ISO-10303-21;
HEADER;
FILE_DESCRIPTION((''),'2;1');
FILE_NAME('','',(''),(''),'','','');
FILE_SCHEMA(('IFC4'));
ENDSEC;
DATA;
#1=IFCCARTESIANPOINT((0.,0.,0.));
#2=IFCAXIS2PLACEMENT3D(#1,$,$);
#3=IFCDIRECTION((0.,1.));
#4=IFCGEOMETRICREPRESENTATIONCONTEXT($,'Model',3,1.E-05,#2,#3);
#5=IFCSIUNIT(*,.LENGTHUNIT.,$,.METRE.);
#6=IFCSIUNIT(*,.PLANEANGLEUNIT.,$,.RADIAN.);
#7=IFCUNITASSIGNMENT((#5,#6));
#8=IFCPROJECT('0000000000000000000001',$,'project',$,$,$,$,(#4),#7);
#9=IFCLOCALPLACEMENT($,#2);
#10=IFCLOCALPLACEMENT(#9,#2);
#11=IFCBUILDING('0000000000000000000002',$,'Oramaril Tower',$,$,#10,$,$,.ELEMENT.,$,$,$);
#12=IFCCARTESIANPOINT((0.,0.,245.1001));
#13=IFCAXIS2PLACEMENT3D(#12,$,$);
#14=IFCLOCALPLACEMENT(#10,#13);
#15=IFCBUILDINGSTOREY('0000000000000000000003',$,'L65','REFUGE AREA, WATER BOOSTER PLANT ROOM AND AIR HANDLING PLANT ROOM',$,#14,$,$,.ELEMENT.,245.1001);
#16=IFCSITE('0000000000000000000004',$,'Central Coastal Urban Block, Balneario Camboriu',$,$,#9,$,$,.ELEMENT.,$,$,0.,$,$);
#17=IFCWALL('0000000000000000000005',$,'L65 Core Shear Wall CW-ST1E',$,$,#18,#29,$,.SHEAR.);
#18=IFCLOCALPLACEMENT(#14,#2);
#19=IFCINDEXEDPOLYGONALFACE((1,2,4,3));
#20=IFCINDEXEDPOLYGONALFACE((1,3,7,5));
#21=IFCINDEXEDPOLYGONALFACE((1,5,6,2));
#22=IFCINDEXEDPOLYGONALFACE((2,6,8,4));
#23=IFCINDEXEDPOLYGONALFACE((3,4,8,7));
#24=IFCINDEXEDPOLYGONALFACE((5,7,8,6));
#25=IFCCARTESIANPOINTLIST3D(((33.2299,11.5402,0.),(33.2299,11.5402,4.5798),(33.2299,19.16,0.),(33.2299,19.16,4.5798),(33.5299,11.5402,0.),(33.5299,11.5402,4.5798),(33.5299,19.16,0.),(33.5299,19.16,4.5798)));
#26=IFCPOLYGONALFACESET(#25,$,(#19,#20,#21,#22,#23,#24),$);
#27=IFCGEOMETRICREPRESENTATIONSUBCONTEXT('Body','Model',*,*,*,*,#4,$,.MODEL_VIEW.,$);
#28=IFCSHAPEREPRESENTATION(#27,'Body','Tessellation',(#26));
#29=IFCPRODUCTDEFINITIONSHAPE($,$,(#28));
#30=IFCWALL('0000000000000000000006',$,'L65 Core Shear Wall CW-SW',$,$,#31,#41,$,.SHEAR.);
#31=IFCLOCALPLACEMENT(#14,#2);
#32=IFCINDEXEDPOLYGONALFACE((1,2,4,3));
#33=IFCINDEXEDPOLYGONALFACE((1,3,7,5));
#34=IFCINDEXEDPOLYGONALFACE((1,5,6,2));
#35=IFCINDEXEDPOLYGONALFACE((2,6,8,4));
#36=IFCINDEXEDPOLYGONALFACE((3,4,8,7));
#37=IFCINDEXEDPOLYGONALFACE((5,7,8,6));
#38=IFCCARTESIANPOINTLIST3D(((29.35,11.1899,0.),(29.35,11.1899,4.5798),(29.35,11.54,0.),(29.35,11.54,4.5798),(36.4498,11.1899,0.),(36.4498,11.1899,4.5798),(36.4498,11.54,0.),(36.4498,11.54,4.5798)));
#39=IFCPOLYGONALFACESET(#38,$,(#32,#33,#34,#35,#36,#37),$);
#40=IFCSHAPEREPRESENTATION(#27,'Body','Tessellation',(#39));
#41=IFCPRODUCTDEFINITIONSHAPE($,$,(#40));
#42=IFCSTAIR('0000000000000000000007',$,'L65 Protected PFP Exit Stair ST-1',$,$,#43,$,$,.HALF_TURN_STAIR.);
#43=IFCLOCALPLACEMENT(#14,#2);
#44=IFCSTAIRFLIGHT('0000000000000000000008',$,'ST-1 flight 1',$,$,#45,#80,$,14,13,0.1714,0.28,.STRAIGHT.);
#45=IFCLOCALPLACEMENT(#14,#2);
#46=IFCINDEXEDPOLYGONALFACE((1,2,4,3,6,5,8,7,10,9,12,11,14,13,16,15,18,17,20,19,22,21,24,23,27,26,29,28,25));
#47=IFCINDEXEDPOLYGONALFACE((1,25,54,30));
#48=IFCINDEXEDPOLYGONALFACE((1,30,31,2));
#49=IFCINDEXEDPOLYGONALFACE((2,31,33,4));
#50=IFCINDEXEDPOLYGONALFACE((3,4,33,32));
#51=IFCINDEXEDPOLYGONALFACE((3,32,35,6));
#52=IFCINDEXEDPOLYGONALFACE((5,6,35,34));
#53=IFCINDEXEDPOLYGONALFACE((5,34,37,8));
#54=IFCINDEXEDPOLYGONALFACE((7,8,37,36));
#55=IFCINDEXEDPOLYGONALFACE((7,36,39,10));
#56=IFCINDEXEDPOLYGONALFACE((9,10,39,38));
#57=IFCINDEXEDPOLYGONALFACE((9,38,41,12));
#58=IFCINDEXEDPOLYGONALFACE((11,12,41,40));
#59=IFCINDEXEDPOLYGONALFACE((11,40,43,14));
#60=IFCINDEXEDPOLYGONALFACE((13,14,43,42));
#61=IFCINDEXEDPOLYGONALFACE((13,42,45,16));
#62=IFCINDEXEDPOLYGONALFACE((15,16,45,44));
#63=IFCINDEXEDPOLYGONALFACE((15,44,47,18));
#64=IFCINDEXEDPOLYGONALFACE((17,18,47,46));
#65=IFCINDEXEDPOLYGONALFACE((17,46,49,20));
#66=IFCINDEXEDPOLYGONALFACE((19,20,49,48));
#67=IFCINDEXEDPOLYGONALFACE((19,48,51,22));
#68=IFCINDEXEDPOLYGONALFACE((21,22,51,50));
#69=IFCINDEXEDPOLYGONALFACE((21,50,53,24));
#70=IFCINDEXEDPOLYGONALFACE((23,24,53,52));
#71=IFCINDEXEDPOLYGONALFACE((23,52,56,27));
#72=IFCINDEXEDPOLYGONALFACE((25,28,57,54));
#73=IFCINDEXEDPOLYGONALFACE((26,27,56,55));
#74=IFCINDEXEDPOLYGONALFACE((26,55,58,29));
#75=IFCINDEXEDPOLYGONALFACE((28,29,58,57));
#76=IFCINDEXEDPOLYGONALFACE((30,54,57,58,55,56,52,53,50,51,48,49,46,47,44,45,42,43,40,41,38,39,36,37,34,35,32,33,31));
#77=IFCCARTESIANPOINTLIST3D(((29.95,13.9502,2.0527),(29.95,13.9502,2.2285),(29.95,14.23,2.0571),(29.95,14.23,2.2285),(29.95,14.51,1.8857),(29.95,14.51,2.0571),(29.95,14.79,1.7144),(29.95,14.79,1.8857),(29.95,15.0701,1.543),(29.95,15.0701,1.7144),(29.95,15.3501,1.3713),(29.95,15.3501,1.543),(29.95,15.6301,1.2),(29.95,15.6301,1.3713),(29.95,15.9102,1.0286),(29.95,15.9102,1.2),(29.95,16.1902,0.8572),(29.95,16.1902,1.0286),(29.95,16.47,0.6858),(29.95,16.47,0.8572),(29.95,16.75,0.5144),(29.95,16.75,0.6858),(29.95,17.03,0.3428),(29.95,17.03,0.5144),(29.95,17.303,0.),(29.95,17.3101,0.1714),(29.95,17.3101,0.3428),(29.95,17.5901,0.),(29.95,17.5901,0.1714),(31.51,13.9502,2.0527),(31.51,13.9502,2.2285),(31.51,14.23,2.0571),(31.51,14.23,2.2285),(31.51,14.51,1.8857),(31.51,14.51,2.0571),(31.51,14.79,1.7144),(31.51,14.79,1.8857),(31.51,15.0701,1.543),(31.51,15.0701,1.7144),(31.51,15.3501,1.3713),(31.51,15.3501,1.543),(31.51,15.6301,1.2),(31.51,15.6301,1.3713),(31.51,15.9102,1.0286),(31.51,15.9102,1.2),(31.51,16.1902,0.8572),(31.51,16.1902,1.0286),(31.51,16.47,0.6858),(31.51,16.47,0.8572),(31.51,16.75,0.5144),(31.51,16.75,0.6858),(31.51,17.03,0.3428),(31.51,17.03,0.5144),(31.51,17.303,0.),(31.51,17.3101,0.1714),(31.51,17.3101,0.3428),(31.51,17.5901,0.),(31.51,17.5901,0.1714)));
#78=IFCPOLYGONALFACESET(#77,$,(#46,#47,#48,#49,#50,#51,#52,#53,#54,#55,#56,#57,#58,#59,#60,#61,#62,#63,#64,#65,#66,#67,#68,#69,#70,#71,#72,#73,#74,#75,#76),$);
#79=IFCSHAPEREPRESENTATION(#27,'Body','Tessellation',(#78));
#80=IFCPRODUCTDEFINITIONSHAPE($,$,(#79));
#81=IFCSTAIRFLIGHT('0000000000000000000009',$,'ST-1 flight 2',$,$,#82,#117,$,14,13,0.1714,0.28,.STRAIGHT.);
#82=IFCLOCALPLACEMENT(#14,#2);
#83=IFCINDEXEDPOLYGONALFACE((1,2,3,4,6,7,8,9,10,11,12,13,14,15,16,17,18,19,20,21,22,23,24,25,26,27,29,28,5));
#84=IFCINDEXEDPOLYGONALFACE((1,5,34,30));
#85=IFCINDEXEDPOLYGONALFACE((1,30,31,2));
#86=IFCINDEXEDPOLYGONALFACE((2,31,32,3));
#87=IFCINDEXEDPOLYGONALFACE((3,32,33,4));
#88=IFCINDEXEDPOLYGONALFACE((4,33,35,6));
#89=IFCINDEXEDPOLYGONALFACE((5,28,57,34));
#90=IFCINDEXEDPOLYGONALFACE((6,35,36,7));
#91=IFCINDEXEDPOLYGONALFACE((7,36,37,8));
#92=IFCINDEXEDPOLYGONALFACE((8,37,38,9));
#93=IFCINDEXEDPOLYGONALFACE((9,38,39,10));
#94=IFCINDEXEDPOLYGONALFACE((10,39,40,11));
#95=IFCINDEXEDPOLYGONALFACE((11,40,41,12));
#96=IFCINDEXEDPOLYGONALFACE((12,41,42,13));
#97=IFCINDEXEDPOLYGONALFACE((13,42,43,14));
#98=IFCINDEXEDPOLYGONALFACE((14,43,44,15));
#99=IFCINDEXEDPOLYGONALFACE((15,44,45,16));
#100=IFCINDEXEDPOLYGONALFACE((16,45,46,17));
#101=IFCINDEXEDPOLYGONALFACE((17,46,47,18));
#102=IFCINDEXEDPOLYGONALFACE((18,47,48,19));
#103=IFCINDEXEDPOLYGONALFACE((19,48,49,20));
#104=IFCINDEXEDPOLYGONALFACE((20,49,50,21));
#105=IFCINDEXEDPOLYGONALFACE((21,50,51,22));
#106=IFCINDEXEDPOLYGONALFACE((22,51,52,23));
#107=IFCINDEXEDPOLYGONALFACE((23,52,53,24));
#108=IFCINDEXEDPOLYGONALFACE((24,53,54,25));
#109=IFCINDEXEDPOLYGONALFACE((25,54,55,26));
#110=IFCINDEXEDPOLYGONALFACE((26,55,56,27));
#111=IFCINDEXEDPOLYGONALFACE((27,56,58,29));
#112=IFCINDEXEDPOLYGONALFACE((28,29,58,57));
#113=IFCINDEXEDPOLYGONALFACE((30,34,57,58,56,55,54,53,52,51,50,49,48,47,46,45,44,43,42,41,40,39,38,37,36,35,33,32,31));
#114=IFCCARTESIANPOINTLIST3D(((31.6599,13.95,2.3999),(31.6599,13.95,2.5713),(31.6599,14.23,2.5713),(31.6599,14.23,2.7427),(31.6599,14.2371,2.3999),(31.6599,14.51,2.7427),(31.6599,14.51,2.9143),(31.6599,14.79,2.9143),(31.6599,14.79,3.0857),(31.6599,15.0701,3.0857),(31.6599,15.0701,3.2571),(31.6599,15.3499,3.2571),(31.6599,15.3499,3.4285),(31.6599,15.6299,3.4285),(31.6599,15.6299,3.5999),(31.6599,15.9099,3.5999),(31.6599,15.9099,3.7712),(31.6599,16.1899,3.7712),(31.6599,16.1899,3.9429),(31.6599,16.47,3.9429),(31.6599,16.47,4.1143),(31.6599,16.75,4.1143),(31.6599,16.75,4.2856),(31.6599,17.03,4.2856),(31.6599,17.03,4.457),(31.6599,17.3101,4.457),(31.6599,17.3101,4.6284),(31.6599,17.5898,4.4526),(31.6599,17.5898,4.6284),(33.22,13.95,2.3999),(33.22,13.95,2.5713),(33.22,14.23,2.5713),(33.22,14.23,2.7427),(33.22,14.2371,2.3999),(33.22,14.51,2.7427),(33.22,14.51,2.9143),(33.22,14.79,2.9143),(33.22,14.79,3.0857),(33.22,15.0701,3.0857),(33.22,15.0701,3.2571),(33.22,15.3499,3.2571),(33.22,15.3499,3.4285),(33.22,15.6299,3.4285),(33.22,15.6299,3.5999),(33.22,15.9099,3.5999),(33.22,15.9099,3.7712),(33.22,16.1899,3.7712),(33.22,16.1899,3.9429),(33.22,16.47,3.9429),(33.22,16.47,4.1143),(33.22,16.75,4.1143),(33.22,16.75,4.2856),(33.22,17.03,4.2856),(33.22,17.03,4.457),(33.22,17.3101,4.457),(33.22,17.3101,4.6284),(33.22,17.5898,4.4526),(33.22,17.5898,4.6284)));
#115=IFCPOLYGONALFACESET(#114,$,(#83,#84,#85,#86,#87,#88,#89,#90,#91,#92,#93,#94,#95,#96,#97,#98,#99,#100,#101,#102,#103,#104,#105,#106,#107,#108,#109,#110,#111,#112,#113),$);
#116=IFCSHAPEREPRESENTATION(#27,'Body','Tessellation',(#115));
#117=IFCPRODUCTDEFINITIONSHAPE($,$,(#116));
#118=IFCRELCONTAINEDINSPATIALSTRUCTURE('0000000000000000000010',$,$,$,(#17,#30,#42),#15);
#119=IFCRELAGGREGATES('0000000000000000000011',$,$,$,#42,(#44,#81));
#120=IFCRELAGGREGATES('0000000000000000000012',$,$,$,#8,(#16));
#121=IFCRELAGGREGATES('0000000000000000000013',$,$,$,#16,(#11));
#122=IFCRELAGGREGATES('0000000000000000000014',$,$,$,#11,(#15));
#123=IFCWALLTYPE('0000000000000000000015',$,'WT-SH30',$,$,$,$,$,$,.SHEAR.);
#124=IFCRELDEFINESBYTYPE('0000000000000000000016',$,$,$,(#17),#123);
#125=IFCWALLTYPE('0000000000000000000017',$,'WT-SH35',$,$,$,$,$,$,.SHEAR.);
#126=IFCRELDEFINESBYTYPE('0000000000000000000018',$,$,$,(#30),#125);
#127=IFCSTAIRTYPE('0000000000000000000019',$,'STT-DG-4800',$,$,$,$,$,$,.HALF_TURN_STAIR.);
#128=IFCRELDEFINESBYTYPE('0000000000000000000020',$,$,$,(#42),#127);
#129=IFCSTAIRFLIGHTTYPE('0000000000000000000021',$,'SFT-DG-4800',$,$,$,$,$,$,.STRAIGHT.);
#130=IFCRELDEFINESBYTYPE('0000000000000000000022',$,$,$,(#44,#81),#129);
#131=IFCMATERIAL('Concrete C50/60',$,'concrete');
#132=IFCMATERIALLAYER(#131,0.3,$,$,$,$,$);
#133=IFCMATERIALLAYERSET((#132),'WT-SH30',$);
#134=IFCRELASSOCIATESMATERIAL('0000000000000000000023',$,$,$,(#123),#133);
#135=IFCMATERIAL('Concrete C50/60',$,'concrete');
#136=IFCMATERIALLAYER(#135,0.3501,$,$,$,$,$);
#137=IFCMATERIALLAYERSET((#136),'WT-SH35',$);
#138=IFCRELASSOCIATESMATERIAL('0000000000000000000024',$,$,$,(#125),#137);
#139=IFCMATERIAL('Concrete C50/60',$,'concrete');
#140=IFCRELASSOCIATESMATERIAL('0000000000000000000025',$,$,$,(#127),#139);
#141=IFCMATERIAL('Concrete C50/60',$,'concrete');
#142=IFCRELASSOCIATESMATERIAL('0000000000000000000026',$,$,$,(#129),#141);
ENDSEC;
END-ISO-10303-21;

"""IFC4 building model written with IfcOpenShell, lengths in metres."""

from ifc_helpers import new_model, si_unit, direction, frame, frame_2d, origin, place, context, subcontext, project, spatial, polyline, rectangle, outline, extrude, material, layer, layer_set, type_object, element, aggregate, save


model = new_model("IFC4")

# Units and contexts
model_context = context("Model", 3, precision=1e-05, world=origin(), true_north=direction((0.0, 1.0)))
body_context = subcontext(model_context, "Body", "Model", "MODEL_VIEW")
ifc_project = project(units=[si_unit("LENGTHUNIT", "METRE"), si_unit("PLANEANGLEUNIT", "RADIAN")], contexts=[model_context])

# Site, building, storey
site_placement = place(None, origin())
site = spatial("IfcSite", under=ifc_project, at=site_placement, Name="Central Coastal Urban Block, Balneario Camboriu", CompositionType="ELEMENT", RefElevation=0.0)
building_placement = place(site_placement, origin())
building = spatial("IfcBuilding", under=site, at=building_placement, Name="Oramaril Tower", CompositionType="ELEMENT")
storey_placement = place(building_placement, frame((0.0, 0.0, 245.1001)))
storey = spatial("IfcBuildingStorey", under=building, at=storey_placement, Name="L65", Description="REFUGE AREA, WATER BOOSTER PLANT ROOM AND AIR HANDLING PLANT ROOM", CompositionType="ELEMENT", Elevation=245.1001)

# Shared definitions
ifc_material_1 = material(Name="Concrete C50/60", Category="concrete")
ifc_layer_1 = layer(ifc_material_1, 0.3)
ifc_layer_set_1 = layer_set([ifc_layer_1], Name="WT-SH30")
wall_type_1 = type_object("IfcWallType", Name="WT-SH30", PredefinedType="SHEAR", material=ifc_layer_set_1)

# Walls
wall_1_placement = place(storey_placement, frame((33.3799, 11.54, 0.0), z_axis=(0.0, 0.0, 1.0), x_axis=(0.0, 1.0, 0.0)))
element("IfcWall", 1, at=wall_1_placement, inside=storey, type_object=wall_type_1, Name="L65 Core Shear Wall CW-ST1E", PredefinedType="SHEAR", context=body_context, shape_type="SweptSolid", body=[
    extrude(rectangle(XDim=7.6199, YDim=0.3, at=frame_2d((3.8101, 0.0))), origin(), (0.0, 0.0, 1.0), 4.5798),
])
ifc_material_2 = material(Name="Concrete C50/60", Category="concrete")
ifc_layer_2 = layer(ifc_material_2, 0.3501)
ifc_layer_set_2 = layer_set([ifc_layer_2], Name="WT-SH35")
wall_type_2 = type_object("IfcWallType", Name="WT-SH35", PredefinedType="SHEAR", material=ifc_layer_set_2)
wall_2_placement = place(storey_placement, frame((29.3501, 11.365, 0.0), z_axis=(0.0, 0.0, 1.0), x_axis=(1.0, 0.0, 0.0)))
element("IfcWall", 2, at=wall_2_placement, inside=storey, type_object=wall_type_2, Name="L65 Core Shear Wall CW-SW", PredefinedType="SHEAR", context=body_context, shape_type="SweptSolid", body=[
    extrude(rectangle(XDim=7.0999, YDim=0.3501, at=frame_2d((3.5498, 0.0))), origin(), (0.0, 0.0, 1.0), 4.5798),
])

# Stair, stair flights
ifc_material_3 = material(Name="Concrete C50/60", Category="concrete")
stair_type = type_object("IfcStairType", Name="STT-DG-4800", PredefinedType="HALF_TURN_STAIR", material=ifc_material_3)
stair_placement = place(storey_placement, origin())
stair = element("IfcStair", 3, at=stair_placement, inside=storey, type_object=stair_type, Name="L65 Protected PFP Exit Stair ST-1", PredefinedType="HALF_TURN_STAIR")
ifc_material_4 = material(Name="Concrete C50/60", Category="concrete")
stair_flight_type = type_object("IfcStairFlightType", Name="SFT-DG-4800", PredefinedType="STRAIGHT", material=ifc_material_4)
stair_flight_1_placement = place(storey_placement, frame((30.73, 17.5901, 0.0), z_axis=(0.0, 0.0, 1.0), x_axis=(0.0, -1.0, 0.0)))
stair_flight_1 = element("IfcStairFlight", 4, at=stair_flight_1_placement, type_object=stair_flight_type, Name="ST-1 flight 1", NumberOfRisers=14, NumberOfTreads=13, PredefinedType="STRAIGHT", RiserHeight=0.1714, TreadLength=0.28, context=body_context, shape_type="SweptSolid", body=[
    extrude(outline(polyline([(0.0, 0.0), (0.0, 0.1714), (0.28, 0.1714), (0.28, 0.3428), (0.5601, 0.3428), (0.5601, 0.5144), (0.8401, 0.5144), (0.8401, 0.6858), (1.1201, 0.6858), (1.1201, 0.8572), (1.3999, 0.8572), (1.3999, 1.0286), (1.6799, 1.0286), (1.6799, 1.2), (1.96, 1.2), (1.96, 1.3713), (2.24, 1.3713), (2.24, 1.543), (2.52, 1.543), (2.52, 1.7144), (2.8, 1.7144), (2.8, 1.8857), (3.0801, 1.8857), (3.0801, 2.0571), (3.3601, 2.0571), (3.3601, 2.2285), (3.6399, 2.2285), (3.6399, 2.3999), (3.6399, 2.0527), (0.2871, 0.0), (0.0, 0.0)])), frame((0.0, 0.78, 0.0), z_axis=(0.0, -1.0, 0.0), x_axis=(1.0, 0.0, 0.0)), (0.0, 0.0, 1.0), 1.5601),
])
stair_flight_2_placement = place(storey_placement, frame((32.4399, 13.95, 2.3999), z_axis=(0.0, 0.0, 1.0), x_axis=(0.0, 1.0, 0.0)))
stair_flight_2 = element("IfcStairFlight", 5, at=stair_flight_2_placement, type_object=stair_flight_type, Name="ST-1 flight 2", NumberOfRisers=14, NumberOfTreads=13, PredefinedType="STRAIGHT", RiserHeight=0.1714, TreadLength=0.28, context=body_context, shape_type="SweptSolid", body=[
    extrude(outline(polyline([(0.0, 0.0), (0.0, 0.1714), (0.28, 0.1714), (0.28, 0.3428), (0.5601, 0.3428), (0.5601, 0.5144), (0.8401, 0.5144), (0.8401, 0.6858), (1.1201, 0.6858), (1.1201, 0.8572), (1.3999, 0.8572), (1.3999, 1.0286), (1.6799, 1.0286), (1.6799, 1.2), (1.96, 1.2), (1.96, 1.3713), (2.24, 1.3713), (2.24, 1.543), (2.52, 1.543), (2.52, 1.7144), (2.8, 1.7144), (2.8, 1.8857), (3.0801, 1.8857), (3.0801, 2.0571), (3.3601, 2.0571), (3.3601, 2.2285), (3.6399, 2.2285), (3.6399, 2.3999), (3.6399, 2.0527), (0.2871, 0.0), (0.0, 0.0)])), frame((0.0, 0.78, 0.0), z_axis=(0.0, -1.0, 0.0), x_axis=(1.0, 0.0, 0.0)), (0.0, 0.0, 1.0), 1.5601),
])
aggregate(stair, [stair_flight_1, stair_flight_2])

save(model, "model.ifc")
